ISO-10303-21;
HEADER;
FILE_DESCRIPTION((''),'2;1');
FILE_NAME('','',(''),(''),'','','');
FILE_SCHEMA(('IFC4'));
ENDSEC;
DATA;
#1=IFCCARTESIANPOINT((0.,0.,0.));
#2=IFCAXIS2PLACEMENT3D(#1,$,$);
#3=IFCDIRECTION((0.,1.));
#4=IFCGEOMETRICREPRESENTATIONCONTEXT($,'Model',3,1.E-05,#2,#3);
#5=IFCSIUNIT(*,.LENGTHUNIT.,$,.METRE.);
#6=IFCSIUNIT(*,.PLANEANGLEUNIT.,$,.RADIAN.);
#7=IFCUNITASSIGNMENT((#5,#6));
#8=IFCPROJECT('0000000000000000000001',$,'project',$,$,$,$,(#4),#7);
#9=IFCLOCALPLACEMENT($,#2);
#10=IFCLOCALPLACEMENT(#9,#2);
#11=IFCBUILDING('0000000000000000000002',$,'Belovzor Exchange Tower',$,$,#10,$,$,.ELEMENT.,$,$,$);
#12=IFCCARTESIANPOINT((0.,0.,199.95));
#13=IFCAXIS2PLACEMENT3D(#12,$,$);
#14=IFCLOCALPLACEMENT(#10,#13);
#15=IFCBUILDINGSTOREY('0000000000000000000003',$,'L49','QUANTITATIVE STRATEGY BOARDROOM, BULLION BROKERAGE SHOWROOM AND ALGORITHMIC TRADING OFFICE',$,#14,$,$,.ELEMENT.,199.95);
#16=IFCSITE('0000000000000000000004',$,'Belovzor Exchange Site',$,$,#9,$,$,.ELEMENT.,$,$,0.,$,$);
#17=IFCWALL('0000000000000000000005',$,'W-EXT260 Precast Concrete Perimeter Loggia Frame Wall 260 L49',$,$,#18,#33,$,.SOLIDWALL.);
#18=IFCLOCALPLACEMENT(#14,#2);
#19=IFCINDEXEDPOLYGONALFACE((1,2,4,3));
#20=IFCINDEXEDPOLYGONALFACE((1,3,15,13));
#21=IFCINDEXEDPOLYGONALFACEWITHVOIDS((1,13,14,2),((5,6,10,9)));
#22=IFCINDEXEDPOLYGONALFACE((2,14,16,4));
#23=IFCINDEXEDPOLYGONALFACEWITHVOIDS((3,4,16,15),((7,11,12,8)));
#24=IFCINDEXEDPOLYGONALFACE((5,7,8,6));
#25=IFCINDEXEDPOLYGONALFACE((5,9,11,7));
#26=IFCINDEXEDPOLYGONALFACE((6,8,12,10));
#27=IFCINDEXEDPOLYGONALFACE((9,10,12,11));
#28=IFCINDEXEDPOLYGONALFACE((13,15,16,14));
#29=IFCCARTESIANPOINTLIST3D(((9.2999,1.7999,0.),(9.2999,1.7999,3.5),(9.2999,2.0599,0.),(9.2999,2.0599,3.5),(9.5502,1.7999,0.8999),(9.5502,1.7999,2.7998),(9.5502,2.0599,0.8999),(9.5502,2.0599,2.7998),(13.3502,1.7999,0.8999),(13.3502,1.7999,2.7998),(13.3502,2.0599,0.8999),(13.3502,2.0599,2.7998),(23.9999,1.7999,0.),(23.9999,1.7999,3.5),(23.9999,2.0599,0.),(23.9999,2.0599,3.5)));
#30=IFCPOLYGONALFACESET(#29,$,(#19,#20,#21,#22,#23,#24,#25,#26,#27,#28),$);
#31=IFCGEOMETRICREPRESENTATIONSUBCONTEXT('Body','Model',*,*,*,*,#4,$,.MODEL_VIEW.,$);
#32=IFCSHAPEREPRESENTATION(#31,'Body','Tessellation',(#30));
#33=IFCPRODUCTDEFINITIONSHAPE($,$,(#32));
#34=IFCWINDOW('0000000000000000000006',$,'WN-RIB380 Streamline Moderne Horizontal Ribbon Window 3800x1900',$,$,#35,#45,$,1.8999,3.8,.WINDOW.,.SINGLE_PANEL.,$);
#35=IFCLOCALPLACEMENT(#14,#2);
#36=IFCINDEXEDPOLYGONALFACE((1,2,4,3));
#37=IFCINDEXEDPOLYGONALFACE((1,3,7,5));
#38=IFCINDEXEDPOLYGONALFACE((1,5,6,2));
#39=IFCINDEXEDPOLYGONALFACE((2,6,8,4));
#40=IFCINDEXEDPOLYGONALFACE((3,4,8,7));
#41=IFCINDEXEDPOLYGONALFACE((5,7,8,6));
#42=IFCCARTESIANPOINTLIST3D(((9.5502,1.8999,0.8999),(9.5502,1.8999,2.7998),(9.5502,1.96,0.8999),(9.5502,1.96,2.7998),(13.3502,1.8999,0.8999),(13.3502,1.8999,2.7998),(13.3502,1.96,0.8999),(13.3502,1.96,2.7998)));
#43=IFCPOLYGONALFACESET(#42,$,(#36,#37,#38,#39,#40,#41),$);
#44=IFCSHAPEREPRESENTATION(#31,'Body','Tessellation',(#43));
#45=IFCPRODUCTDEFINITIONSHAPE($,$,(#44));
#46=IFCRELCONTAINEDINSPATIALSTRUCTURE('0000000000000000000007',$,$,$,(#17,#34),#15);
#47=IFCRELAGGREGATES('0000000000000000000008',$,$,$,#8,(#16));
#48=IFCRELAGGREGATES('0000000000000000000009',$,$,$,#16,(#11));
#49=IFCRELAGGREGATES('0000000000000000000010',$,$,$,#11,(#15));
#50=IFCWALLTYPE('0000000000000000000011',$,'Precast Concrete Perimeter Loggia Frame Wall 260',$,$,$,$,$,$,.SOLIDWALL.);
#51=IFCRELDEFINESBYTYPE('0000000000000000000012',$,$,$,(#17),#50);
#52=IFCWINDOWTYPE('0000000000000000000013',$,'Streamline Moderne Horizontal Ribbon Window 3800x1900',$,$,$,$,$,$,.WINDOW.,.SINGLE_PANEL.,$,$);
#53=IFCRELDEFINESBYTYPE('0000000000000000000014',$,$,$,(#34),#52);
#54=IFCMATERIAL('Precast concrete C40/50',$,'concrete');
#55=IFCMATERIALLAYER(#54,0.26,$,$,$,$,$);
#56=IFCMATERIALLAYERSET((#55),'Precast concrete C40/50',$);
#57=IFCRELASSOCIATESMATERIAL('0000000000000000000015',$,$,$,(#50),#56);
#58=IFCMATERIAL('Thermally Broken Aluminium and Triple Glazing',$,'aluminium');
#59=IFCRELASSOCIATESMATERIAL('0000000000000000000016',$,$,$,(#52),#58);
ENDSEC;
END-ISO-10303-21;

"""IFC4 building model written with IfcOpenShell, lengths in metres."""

from ifc_helpers import new_model, si_unit, direction, frame, frame_2d, origin, place, context, subcontext, project, spatial, rectangle, extrude, material, layer, layer_set, type_object, element, fill, save


model = new_model("IFC4")

# Units and contexts
model_context = context("Model", 3, precision=1e-05, world=origin(), true_north=direction((0.0, 1.0)))
body_context = subcontext(model_context, "Body", "Model", "MODEL_VIEW")
ifc_project = project(units=[si_unit("LENGTHUNIT", "METRE"), si_unit("PLANEANGLEUNIT", "RADIAN")], contexts=[model_context])

# Site, building, storey
site_placement = place(None, origin())
site = spatial("IfcSite", under=ifc_project, at=site_placement, Name="Belovzor Exchange Site", CompositionType="ELEMENT", RefElevation=0.0)
building_placement = place(site_placement, origin())
building = spatial("IfcBuilding", under=site, at=building_placement, Name="Belovzor Exchange Tower", CompositionType="ELEMENT")
storey_placement = place(building_placement, frame((0.0, 0.0, 199.95)))
storey = spatial("IfcBuildingStorey", under=building, at=storey_placement, Name="L49", Description="QUANTITATIVE STRATEGY BOARDROOM, BULLION BROKERAGE SHOWROOM AND ALGORITHMIC TRADING OFFICE", CompositionType="ELEMENT", Elevation=199.95)

# Wall, opening, window
ifc_material_1 = material(Name="Precast concrete C40/50", Category="concrete")
ifc_layer_1 = layer(ifc_material_1, 0.26)
ifc_layer_set_1 = layer_set([ifc_layer_1], Name="Precast concrete C40/50")
wall_type_1 = type_object("IfcWallType", Name="Precast Concrete Perimeter Loggia Frame Wall 260", PredefinedType="SOLIDWALL", material=ifc_layer_set_1)
wall_1_placement = place(storey_placement, frame((24.0, 1.9299, 0.0), z_axis=(0.0, 0.0, 1.0), x_axis=(-1.0, 0.0, 0.0)))
wall_1 = element("IfcWall", 1, at=wall_1_placement, inside=storey, type_object=wall_type_1, Name="W-EXT260 Precast Concrete Perimeter Loggia Frame Wall 260 L49", PredefinedType="SOLIDWALL", context=body_context, shape_type="SweptSolid", body=[
    extrude(rectangle(XDim=14.7, YDim=0.26, at=frame_2d((7.3501, 0.0))), origin(), (0.0, 0.0, 1.0), 3.5),
])
opening_1_placement = place(wall_1_placement, frame((10.6499, 0.0, 0.8999)))
opening_1 = element("IfcOpeningElement", 2, at=opening_1_placement, cuts=wall_1, PredefinedType="OPENING", context=body_context, shape_type="SweptSolid", body=[
    extrude(rectangle(XDim=3.8, YDim=1.8999, at=frame_2d((1.8999, 0.95))), frame((0.0, 0.1399, 0.0), z_axis=(0.0, -1.0, 0.0), x_axis=(1.0, 0.0, 0.0)), (0.0, 0.0, 1.0), 0.28),
])
ifc_material_2 = material(Name="Thermally Broken Aluminium and Triple Glazing", Category="aluminium")
window_type_1 = type_object("IfcWindowType", Name="Streamline Moderne Horizontal Ribbon Window 3800x1900", PartitioningType="SINGLE_PANEL", PredefinedType="WINDOW", material=ifc_material_2)
window_1_placement = place(opening_1_placement, origin())
window_1 = element("IfcWindow", 3, at=window_1_placement, inside=storey, type_object=window_type_1, Name="WN-RIB380 Streamline Moderne Horizontal Ribbon Window 3800x1900", OverallHeight=1.8999, OverallWidth=3.8, PartitioningType="SINGLE_PANEL", PredefinedType="WINDOW", context=body_context, shape_type="SweptSolid", body=[
    extrude(rectangle(XDim=3.8, YDim=1.8999, at=frame_2d((1.8999, 0.95))), frame((0.0, 0.03, 0.0), z_axis=(0.0, -1.0, 0.0), x_axis=(1.0, 0.0, 0.0)), (0.0, 0.0, 1.0), 0.0601),
])
fill(opening_1, window_1)

save(model, "model.ifc")
